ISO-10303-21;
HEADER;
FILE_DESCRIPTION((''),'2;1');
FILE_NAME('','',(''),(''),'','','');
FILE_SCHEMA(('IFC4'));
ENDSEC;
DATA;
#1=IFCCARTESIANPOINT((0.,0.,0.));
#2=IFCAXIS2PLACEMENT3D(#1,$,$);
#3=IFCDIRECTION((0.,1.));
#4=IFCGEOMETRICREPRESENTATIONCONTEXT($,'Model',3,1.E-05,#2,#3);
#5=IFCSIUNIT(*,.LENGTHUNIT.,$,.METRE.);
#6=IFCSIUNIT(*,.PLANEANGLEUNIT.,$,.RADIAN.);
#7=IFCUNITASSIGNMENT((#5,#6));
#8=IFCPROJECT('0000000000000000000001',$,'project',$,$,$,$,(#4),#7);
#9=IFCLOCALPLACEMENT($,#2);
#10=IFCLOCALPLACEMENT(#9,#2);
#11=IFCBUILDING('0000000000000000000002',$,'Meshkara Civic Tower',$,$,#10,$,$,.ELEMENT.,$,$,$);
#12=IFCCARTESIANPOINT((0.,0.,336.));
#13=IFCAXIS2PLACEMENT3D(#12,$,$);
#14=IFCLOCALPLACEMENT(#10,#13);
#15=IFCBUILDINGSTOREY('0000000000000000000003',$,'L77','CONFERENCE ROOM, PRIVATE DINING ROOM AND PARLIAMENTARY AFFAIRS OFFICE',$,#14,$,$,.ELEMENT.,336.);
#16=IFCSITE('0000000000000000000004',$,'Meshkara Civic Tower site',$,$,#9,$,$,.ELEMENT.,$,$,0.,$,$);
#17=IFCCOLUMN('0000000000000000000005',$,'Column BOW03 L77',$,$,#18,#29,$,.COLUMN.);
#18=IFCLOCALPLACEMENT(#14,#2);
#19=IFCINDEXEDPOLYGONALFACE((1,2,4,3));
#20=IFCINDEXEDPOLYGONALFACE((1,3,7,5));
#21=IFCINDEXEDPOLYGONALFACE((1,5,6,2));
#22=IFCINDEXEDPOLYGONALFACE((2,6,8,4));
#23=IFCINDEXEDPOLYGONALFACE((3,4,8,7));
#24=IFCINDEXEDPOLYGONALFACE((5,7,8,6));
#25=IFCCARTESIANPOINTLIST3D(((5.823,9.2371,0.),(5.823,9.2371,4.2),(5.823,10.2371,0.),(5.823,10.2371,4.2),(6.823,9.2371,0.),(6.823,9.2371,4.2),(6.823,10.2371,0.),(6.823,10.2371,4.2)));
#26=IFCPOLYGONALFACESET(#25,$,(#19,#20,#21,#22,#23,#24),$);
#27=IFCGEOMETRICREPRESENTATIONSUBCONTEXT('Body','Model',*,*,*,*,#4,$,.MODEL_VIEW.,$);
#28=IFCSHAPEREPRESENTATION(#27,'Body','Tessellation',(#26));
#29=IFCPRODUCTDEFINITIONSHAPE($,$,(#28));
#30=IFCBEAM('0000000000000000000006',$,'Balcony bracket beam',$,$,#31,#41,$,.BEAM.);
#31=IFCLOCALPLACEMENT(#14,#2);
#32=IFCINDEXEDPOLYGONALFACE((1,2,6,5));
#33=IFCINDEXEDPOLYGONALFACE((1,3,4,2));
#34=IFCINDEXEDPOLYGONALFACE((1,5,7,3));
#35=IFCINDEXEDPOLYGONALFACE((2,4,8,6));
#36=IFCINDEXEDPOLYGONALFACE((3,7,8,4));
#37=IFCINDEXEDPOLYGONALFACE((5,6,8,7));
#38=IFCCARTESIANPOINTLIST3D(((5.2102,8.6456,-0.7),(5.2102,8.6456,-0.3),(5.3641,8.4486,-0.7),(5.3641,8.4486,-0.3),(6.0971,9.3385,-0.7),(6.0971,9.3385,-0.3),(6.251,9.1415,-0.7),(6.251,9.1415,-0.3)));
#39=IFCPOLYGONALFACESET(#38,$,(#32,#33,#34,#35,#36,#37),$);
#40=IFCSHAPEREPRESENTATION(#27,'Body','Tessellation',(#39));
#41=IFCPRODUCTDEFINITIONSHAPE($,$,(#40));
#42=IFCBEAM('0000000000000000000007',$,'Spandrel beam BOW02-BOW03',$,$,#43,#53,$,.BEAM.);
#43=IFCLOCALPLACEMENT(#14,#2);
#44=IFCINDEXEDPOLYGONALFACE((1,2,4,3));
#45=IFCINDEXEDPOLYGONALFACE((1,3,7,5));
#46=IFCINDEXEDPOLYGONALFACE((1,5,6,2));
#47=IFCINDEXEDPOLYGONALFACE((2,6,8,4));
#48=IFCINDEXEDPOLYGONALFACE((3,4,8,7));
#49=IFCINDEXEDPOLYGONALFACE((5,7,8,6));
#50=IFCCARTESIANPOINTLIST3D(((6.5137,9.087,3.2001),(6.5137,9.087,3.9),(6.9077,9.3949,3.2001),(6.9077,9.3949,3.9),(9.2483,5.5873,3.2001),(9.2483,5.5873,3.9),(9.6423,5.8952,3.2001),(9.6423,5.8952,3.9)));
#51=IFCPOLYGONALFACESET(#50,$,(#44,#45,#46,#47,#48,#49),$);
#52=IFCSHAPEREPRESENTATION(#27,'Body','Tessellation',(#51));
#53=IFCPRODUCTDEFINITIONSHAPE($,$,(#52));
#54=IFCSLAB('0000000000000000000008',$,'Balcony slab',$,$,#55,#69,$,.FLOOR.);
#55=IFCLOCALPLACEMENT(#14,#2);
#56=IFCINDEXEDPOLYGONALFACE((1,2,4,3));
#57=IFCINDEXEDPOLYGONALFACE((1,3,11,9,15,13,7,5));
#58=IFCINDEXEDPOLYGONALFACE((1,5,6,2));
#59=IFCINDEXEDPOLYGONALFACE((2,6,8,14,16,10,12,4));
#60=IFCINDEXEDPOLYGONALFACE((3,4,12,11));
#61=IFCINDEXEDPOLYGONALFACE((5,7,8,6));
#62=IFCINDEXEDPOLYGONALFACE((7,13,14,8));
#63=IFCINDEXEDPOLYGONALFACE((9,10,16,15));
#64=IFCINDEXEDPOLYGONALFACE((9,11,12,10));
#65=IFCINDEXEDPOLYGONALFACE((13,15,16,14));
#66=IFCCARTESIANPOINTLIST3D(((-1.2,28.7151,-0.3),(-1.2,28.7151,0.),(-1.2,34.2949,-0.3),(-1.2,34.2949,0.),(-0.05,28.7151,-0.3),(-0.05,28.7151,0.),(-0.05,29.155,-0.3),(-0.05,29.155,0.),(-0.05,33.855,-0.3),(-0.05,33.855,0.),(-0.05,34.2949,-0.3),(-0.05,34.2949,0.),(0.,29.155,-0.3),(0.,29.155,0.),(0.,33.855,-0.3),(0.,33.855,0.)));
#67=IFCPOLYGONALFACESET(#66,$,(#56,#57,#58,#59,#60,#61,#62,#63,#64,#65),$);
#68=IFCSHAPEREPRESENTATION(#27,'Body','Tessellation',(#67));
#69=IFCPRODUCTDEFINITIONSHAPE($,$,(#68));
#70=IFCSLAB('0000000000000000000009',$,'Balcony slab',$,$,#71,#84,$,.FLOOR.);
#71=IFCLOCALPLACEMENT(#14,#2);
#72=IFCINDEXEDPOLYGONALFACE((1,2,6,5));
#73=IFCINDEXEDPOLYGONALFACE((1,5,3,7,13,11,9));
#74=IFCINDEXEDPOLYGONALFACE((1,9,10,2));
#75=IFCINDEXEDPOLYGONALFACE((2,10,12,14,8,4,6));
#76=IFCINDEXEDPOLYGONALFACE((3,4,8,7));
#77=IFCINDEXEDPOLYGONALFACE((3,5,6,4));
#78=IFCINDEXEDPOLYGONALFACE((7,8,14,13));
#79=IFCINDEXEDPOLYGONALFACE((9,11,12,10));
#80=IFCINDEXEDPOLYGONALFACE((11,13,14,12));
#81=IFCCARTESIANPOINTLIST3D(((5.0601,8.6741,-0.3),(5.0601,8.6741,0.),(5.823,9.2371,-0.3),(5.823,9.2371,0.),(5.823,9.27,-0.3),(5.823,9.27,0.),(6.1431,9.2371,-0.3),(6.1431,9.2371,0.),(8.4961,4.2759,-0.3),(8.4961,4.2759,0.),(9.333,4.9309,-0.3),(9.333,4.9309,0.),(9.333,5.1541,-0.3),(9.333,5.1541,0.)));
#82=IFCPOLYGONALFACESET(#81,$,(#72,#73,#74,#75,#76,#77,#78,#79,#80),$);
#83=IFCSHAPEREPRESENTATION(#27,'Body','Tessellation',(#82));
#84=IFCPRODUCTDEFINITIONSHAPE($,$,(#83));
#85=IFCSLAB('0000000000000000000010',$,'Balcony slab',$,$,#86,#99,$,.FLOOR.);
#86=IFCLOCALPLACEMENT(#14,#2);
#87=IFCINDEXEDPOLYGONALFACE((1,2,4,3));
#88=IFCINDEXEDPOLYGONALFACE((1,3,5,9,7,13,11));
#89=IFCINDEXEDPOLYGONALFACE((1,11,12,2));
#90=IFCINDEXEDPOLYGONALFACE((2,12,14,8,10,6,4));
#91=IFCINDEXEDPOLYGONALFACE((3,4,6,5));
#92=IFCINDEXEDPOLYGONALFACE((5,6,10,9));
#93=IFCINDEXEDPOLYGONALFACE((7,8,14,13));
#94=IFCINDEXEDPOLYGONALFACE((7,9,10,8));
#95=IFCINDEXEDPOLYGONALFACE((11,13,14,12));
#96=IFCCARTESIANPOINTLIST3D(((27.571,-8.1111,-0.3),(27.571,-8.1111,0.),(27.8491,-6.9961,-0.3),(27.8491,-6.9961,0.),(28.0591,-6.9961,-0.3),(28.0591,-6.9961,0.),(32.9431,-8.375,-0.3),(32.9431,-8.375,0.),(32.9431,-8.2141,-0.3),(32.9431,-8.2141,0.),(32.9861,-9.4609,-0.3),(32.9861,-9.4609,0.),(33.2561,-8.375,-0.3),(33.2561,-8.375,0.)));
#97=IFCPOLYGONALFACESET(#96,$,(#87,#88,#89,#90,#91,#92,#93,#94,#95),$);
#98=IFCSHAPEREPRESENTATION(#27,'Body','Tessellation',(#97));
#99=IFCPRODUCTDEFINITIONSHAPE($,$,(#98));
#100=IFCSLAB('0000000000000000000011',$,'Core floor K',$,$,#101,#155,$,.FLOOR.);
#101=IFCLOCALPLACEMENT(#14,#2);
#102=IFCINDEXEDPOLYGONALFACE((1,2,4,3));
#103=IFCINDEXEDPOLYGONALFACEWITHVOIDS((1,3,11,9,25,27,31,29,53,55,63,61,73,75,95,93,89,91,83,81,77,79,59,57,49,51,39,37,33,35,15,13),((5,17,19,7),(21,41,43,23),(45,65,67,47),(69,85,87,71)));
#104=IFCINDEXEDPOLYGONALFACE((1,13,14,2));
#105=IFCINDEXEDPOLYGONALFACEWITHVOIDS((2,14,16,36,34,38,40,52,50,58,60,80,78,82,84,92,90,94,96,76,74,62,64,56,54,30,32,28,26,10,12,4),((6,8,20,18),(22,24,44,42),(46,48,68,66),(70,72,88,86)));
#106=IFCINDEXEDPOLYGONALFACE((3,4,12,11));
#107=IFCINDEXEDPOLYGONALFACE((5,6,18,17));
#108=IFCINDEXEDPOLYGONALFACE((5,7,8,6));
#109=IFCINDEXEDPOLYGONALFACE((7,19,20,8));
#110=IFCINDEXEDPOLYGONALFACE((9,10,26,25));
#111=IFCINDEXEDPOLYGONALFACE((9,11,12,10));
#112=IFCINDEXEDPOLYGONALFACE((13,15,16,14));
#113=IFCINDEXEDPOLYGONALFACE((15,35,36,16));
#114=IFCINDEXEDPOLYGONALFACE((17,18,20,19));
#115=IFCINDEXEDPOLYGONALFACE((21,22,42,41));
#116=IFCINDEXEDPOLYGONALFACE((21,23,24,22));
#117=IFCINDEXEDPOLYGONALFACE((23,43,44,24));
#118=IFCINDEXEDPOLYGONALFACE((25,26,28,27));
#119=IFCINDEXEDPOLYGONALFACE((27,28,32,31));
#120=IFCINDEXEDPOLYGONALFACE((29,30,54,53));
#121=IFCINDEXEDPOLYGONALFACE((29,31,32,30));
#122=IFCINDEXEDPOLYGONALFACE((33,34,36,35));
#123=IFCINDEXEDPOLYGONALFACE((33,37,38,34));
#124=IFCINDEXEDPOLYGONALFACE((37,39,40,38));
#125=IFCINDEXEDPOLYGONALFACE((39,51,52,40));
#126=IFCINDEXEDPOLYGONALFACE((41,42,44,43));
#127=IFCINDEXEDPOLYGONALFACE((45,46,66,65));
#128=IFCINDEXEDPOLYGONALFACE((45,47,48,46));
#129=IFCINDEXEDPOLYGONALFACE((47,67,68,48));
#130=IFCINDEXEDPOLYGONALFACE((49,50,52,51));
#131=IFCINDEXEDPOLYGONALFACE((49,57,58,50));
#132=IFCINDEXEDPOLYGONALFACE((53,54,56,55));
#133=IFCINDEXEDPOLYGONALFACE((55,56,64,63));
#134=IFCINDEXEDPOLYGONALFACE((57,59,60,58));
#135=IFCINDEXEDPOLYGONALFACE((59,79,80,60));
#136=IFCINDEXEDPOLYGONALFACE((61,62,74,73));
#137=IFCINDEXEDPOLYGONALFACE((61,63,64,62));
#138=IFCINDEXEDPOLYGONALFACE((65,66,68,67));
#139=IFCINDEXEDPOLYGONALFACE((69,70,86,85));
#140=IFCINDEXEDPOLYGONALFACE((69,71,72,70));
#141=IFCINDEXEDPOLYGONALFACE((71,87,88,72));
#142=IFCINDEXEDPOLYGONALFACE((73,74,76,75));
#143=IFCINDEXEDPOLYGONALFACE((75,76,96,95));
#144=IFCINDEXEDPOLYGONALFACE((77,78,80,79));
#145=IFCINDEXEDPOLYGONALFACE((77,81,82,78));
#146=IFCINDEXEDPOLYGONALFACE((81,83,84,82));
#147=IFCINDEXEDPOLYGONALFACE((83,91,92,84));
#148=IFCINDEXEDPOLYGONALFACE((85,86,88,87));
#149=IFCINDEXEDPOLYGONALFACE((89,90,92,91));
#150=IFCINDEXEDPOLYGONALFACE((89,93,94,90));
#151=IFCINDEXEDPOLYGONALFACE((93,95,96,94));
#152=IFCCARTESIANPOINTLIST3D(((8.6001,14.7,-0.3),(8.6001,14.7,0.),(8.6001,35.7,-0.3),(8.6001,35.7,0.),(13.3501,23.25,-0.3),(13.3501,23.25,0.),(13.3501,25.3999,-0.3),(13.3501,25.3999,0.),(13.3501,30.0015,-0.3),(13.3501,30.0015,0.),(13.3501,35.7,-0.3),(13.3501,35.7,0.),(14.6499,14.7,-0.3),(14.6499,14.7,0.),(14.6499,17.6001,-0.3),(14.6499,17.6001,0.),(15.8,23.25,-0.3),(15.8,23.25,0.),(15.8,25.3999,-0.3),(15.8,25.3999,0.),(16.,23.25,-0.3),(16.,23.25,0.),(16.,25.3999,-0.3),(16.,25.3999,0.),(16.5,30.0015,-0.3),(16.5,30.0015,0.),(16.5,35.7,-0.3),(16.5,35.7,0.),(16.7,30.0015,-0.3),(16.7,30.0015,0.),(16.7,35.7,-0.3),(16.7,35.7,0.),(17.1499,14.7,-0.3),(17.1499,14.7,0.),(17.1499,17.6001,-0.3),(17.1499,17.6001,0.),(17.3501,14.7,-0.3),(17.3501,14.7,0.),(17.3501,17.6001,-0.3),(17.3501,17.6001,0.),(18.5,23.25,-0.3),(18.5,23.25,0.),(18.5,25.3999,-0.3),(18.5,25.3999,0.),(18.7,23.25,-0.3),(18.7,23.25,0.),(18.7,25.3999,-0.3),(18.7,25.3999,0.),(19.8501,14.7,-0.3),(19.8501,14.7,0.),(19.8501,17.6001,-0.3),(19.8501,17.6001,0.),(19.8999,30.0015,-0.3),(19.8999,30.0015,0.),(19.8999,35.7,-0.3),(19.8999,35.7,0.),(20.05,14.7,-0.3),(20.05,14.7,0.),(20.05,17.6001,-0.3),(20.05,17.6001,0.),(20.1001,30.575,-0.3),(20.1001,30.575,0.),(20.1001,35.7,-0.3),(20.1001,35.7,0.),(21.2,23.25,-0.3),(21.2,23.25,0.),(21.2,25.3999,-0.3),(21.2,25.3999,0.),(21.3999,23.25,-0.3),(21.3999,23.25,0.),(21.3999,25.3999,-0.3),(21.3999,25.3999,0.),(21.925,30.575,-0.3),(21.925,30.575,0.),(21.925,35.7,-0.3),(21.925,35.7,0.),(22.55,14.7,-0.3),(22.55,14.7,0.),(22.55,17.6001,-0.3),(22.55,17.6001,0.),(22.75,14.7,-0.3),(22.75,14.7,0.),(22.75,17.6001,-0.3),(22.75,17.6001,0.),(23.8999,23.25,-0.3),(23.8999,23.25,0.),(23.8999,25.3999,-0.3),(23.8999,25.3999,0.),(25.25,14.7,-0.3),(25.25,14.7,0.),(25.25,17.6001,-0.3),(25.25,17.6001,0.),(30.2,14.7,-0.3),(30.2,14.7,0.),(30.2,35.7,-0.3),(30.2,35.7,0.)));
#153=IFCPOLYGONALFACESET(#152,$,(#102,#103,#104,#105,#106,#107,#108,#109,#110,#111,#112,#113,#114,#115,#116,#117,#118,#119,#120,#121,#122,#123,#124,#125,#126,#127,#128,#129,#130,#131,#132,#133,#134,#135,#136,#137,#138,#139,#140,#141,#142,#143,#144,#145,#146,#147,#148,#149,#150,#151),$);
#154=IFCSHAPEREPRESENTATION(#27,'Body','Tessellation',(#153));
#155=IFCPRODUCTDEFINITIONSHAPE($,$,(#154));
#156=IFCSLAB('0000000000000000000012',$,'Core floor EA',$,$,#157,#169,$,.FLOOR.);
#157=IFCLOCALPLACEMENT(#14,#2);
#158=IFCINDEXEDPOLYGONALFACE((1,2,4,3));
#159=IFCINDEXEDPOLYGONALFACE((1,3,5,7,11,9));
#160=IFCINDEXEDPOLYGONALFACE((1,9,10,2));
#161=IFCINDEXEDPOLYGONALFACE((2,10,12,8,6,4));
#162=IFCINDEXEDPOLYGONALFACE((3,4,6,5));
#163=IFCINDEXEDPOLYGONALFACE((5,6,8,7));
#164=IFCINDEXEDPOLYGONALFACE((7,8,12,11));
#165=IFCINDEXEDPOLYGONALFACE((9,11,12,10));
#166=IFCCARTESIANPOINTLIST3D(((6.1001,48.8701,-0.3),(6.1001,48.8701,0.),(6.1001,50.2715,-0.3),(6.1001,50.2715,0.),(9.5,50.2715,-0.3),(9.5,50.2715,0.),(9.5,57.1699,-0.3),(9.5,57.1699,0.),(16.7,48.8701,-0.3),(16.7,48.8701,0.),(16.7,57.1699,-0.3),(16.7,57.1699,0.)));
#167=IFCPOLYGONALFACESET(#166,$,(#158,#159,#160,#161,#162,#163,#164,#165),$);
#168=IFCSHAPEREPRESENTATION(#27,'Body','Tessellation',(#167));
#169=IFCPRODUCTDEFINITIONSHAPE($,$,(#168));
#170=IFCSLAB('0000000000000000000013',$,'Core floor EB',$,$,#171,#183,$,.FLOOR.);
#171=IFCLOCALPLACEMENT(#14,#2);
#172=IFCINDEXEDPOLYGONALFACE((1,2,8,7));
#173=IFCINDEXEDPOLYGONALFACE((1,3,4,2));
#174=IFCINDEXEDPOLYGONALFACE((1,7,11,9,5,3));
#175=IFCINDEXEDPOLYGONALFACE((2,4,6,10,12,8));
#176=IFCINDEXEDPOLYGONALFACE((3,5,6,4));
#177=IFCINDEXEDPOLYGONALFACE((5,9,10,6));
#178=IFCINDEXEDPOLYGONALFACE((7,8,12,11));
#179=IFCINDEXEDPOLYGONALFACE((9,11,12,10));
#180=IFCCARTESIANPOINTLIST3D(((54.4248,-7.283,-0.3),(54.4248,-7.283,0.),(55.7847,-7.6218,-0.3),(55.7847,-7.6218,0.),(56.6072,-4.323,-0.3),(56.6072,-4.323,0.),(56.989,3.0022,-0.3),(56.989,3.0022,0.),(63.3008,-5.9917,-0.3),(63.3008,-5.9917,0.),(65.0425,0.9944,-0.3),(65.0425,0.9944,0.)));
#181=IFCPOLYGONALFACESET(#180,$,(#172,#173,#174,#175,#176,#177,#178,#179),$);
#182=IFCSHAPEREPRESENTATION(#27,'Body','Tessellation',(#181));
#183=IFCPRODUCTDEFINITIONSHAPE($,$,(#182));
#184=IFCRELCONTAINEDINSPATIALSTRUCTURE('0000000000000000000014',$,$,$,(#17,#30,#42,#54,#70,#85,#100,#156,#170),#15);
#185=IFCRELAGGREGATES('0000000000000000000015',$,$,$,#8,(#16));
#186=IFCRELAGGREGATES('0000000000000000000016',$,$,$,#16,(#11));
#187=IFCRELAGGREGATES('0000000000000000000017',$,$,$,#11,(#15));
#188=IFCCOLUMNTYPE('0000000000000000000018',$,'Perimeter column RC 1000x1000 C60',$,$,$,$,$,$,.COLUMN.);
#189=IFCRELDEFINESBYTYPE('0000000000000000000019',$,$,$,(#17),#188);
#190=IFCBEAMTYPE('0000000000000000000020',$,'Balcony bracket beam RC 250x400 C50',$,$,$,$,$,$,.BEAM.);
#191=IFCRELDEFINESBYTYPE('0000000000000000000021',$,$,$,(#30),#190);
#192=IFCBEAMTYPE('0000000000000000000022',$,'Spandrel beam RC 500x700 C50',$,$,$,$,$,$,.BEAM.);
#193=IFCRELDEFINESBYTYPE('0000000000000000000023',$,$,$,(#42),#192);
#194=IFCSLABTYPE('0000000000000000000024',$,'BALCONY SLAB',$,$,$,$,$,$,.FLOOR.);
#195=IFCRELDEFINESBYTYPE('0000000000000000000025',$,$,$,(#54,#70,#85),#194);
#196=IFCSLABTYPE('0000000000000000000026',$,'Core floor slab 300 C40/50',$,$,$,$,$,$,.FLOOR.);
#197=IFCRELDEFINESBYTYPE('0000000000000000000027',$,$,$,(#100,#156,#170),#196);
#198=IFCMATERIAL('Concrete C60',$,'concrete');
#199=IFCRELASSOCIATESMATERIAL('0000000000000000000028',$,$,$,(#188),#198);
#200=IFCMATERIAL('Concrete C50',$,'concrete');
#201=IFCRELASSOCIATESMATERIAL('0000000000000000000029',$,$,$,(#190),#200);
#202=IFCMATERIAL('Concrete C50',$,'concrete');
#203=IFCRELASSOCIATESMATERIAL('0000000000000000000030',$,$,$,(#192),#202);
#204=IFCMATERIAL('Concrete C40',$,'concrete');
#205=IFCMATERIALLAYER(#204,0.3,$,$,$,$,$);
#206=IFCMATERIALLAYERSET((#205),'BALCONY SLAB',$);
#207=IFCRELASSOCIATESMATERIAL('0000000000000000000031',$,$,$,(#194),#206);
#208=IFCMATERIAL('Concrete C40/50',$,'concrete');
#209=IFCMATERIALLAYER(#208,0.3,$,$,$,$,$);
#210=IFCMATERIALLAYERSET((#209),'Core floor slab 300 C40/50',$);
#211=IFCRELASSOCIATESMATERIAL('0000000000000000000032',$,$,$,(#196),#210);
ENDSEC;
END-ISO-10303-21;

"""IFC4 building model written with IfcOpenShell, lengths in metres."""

from ifc_helpers import new_model, si_unit, direction, frame, origin, origin_2d, place, context, subcontext, project, spatial, polyline, rectangle, outline, extrude, material, layer, layer_set, material_profile, profile_set, type_object, element, save


model = new_model("IFC4")

# Units and contexts
model_context = context("Model", 3, precision=1e-05, world=origin(), true_north=direction((0.0, 1.0)))
body_context = subcontext(model_context, "Body", "Model", "MODEL_VIEW")
ifc_project = project(units=[si_unit("LENGTHUNIT", "METRE"), si_unit("PLANEANGLEUNIT", "RADIAN")], contexts=[model_context])

# Site, building, storey
site_placement = place(None, origin())
site = spatial("IfcSite", under=ifc_project, at=site_placement, Name="Meshkara Civic Tower site", CompositionType="ELEMENT", RefElevation=0.0)
building_placement = place(site_placement, origin())
building = spatial("IfcBuilding", under=site, at=building_placement, Name="Meshkara Civic Tower", CompositionType="ELEMENT")
storey_placement = place(building_placement, frame((0.0, 0.0, 336.0)))
storey = spatial("IfcBuildingStorey", under=building, at=storey_placement, Name="L77", Description="CONFERENCE ROOM, PRIVATE DINING ROOM AND PARLIAMENTARY AFFAIRS OFFICE", CompositionType="ELEMENT", Elevation=336.0)

# Column
ifc_material_1 = material(Name="Concrete C60", Category="concrete")
ifc_material_profile_1 = material_profile(ifc_material_1, rectangle(XDim=1.0, YDim=1.0, at=origin_2d()))
ifc_profile_set_1 = profile_set([ifc_material_profile_1], Name="Concrete C60")
column_type = type_object("IfcColumnType", Name="Perimeter column RC 1000x1000 C60", PredefinedType="COLUMN", material=ifc_profile_set_1)
column_placement = place(storey_placement, frame((6.323, 9.7371, 0.0), z_axis=(0.0, 0.0, 1.0), x_axis=(1.0, 0.0, 0.0)))
element("IfcColumn", 1, at=column_placement, inside=storey, type_object=column_type, Name="Column BOW03 L77", PredefinedType="COLUMN", context=body_context, shape_type="SweptSolid", body=[
    extrude(rectangle(XDim=1.0, YDim=1.0, at=origin_2d()), origin(), (0.0, 0.0, 1.0), 4.2),
])

# Beams
ifc_material_2 = material(Name="Concrete C50", Category="concrete")
ifc_material_profile_2 = material_profile(ifc_material_2, rectangle(XDim=0.25, YDim=0.3999, at=origin_2d()))
ifc_profile_set_2 = profile_set([ifc_material_profile_2], Name="Concrete C50")
beam_type_1 = type_object("IfcBeamType", Name="Balcony bracket beam RC 250x400 C50", PredefinedType="BEAM", material=ifc_profile_set_2)
beam_1_placement = place(storey_placement, frame((6.1741, 9.24, -0.5), z_axis=(-0.788054, -0.615606, 0.0), x_axis=(0.615606, -0.788054, 0.0)))
element("IfcBeam", 2, at=beam_1_placement, inside=storey, type_object=beam_type_1, Name="Balcony bracket beam", PredefinedType="BEAM", context=body_context, shape_type="SweptSolid", body=[
    extrude(rectangle(XDim=0.25, YDim=0.3999, at=origin_2d()), origin(), (0.0, 0.0, 1.0), 1.1255),
])
ifc_material_3 = material(Name="Concrete C50", Category="concrete")
ifc_material_profile_3 = material_profile(ifc_material_3, rectangle(XDim=0.5, YDim=0.7, at=origin_2d()))
ifc_profile_set_3 = profile_set([ifc_material_profile_3], Name="Concrete C50")
beam_type_2 = type_object("IfcBeamType", Name="Spandrel beam RC 500x700 C50", PredefinedType="BEAM", material=ifc_profile_set_3)
beam_2_placement = place(storey_placement, frame((6.7107, 9.241, 3.55), z_axis=(0.615705, -0.787977, 0.0), x_axis=(0.787977, 0.615705, 0.0)))
element("IfcBeam", 3, at=beam_2_placement, inside=storey, type_object=beam_type_2, Name="Spandrel beam BOW02-BOW03", PredefinedType="BEAM", context=body_context, shape_type="SweptSolid", body=[
    extrude(rectangle(XDim=0.5, YDim=0.7, at=origin_2d()), origin(), (0.0, 0.0, 1.0), 4.4414),
])

# Slabs
ifc_material_4 = material(Name="Concrete C40", Category="concrete")
ifc_layer_1 = layer(ifc_material_4, 0.3)
ifc_layer_set_1 = layer_set([ifc_layer_1], Name="BALCONY SLAB")
slab_type_1 = type_object("IfcSlabType", Name="BALCONY SLAB", PredefinedType="FLOOR", material=ifc_layer_set_1)
slab_1_placement = place(storey_placement, frame((0.0, 0.0, -0.3)))
element("IfcSlab", 4, at=slab_1_placement, inside=storey, type_object=slab_type_1, Name="Balcony slab", PredefinedType="FLOOR", context=body_context, shape_type="SweptSolid", body=[
    extrude(outline(polyline([(-1.2, 28.7151), (-1.2, 34.2949), (-0.05, 34.2949), (-0.05, 33.855), (0.0, 33.855), (0.0, 29.155), (-0.05, 29.155), (-0.05, 28.7151), (-1.2, 28.7151)])), origin(), (0.0, 0.0, 1.0), 0.3),
])
slab_2_placement = place(storey_placement, frame((0.0, 0.0, -0.3)))
element("IfcSlab", 5, at=slab_2_placement, inside=storey, type_object=slab_type_1, Name="Balcony slab", PredefinedType="FLOOR", context=body_context, shape_type="SweptSolid", body=[
    extrude(outline(polyline([(8.4961, 4.2759), (5.0601, 8.6741), (5.823, 9.27), (5.823, 9.2371), (6.1431, 9.2371), (9.333, 5.1541), (9.333, 4.9309), (8.4961, 4.2759)])), origin(), (0.0, 0.0, 1.0), 0.3),
])
slab_3_placement = place(storey_placement, frame((0.0, 0.0, -0.3)))
element("IfcSlab", 6, at=slab_3_placement, inside=storey, type_object=slab_type_1, Name="Balcony slab", PredefinedType="FLOOR", context=body_context, shape_type="SweptSolid", body=[
    extrude(outline(polyline([(32.9861, -9.4609), (27.571, -8.1111), (27.8491, -6.9961), (28.0591, -6.9961), (32.9431, -8.2141), (32.9431, -8.375), (33.2561, -8.375), (32.9861, -9.4609)])), origin(), (0.0, 0.0, 1.0), 0.3),
])
ifc_material_5 = material(Name="Concrete C40/50", Category="concrete")
ifc_layer_2 = layer(ifc_material_5, 0.3)
ifc_layer_set_2 = layer_set([ifc_layer_2], Name="Core floor slab 300 C40/50")
slab_type_2 = type_object("IfcSlabType", Name="Core floor slab 300 C40/50", PredefinedType="FLOOR", material=ifc_layer_set_2)
slab_4_placement = place(storey_placement, frame((0.0, 0.0, -0.3)))
element("IfcSlab", 7, at=slab_4_placement, inside=storey, type_object=slab_type_2, Name="Core floor K", PredefinedType="FLOOR", context=body_context, shape_type="SweptSolid", body=[
    extrude(outline(polyline([(8.6001, 35.7), (13.3501, 35.7), (13.3501, 30.0015), (16.5, 30.0015), (16.5, 35.7), (16.7, 35.7), (16.7, 30.0015), (19.8999, 30.0015), (19.8999, 35.7), (20.1001, 35.7), (20.1001, 30.575), (21.925, 30.575), (21.925, 35.7), (30.2, 35.7), (30.2, 14.7), (25.25, 14.7), (25.25, 17.6001), (22.75, 17.6001), (22.75, 14.7), (22.55, 14.7), (22.55, 17.6001), (20.05, 17.6001), (20.05, 14.7), (19.8501, 14.7), (19.8501, 17.6001), (17.3501, 17.6001), (17.3501, 14.7), (17.1499, 14.7), (17.1499, 17.6001), (14.6499, 17.6001), (14.6499, 14.7), (8.6001, 14.7), (8.6001, 35.7)]), holes=[polyline([(13.3501, 23.25), (15.8, 23.25), (15.8, 25.3999), (13.3501, 25.3999), (13.3501, 23.25)]), polyline([(18.5, 23.25), (18.5, 25.3999), (16.0, 25.3999), (16.0, 23.25), (18.5, 23.25)]), polyline([(18.7, 23.25), (21.2, 23.25), (21.2, 25.3999), (18.7, 25.3999), (18.7, 23.25)]), polyline([(23.8999, 23.25), (23.8999, 25.3999), (21.3999, 25.3999), (21.3999, 23.25), (23.8999, 23.25)])]), origin(), (0.0, 0.0, 1.0), 0.3),
])
slab_5_placement = place(storey_placement, frame((0.0, 0.0, -0.3)))
element("IfcSlab", 8, at=slab_5_placement, inside=storey, type_object=slab_type_2, Name="Core floor EA", PredefinedType="FLOOR", context=body_context, shape_type="SweptSolid", body=[
    extrude(outline(polyline([(16.7, 48.8701), (16.7, 57.1699), (9.5, 57.1699), (9.5, 50.2715), (6.1001, 50.2715), (6.1001, 48.8701), (16.7, 48.8701)])), origin(), (0.0, 0.0, 1.0), 0.3),
])
slab_6_placement = place(storey_placement, frame((0.0, 0.0, -0.3)))
element("IfcSlab", 9, at=slab_6_placement, inside=storey, type_object=slab_type_2, Name="Core floor EB", PredefinedType="FLOOR", context=body_context, shape_type="SweptSolid", body=[
    extrude(outline(polyline([(56.989, 3.0022), (65.0425, 0.9944), (63.3008, -5.9917), (56.6072, -4.323), (55.7847, -7.6218), (54.4248, -7.283), (56.989, 3.0022)])), origin(), (0.0, 0.0, 1.0), 0.3),
])

save(model, "model.ifc")
